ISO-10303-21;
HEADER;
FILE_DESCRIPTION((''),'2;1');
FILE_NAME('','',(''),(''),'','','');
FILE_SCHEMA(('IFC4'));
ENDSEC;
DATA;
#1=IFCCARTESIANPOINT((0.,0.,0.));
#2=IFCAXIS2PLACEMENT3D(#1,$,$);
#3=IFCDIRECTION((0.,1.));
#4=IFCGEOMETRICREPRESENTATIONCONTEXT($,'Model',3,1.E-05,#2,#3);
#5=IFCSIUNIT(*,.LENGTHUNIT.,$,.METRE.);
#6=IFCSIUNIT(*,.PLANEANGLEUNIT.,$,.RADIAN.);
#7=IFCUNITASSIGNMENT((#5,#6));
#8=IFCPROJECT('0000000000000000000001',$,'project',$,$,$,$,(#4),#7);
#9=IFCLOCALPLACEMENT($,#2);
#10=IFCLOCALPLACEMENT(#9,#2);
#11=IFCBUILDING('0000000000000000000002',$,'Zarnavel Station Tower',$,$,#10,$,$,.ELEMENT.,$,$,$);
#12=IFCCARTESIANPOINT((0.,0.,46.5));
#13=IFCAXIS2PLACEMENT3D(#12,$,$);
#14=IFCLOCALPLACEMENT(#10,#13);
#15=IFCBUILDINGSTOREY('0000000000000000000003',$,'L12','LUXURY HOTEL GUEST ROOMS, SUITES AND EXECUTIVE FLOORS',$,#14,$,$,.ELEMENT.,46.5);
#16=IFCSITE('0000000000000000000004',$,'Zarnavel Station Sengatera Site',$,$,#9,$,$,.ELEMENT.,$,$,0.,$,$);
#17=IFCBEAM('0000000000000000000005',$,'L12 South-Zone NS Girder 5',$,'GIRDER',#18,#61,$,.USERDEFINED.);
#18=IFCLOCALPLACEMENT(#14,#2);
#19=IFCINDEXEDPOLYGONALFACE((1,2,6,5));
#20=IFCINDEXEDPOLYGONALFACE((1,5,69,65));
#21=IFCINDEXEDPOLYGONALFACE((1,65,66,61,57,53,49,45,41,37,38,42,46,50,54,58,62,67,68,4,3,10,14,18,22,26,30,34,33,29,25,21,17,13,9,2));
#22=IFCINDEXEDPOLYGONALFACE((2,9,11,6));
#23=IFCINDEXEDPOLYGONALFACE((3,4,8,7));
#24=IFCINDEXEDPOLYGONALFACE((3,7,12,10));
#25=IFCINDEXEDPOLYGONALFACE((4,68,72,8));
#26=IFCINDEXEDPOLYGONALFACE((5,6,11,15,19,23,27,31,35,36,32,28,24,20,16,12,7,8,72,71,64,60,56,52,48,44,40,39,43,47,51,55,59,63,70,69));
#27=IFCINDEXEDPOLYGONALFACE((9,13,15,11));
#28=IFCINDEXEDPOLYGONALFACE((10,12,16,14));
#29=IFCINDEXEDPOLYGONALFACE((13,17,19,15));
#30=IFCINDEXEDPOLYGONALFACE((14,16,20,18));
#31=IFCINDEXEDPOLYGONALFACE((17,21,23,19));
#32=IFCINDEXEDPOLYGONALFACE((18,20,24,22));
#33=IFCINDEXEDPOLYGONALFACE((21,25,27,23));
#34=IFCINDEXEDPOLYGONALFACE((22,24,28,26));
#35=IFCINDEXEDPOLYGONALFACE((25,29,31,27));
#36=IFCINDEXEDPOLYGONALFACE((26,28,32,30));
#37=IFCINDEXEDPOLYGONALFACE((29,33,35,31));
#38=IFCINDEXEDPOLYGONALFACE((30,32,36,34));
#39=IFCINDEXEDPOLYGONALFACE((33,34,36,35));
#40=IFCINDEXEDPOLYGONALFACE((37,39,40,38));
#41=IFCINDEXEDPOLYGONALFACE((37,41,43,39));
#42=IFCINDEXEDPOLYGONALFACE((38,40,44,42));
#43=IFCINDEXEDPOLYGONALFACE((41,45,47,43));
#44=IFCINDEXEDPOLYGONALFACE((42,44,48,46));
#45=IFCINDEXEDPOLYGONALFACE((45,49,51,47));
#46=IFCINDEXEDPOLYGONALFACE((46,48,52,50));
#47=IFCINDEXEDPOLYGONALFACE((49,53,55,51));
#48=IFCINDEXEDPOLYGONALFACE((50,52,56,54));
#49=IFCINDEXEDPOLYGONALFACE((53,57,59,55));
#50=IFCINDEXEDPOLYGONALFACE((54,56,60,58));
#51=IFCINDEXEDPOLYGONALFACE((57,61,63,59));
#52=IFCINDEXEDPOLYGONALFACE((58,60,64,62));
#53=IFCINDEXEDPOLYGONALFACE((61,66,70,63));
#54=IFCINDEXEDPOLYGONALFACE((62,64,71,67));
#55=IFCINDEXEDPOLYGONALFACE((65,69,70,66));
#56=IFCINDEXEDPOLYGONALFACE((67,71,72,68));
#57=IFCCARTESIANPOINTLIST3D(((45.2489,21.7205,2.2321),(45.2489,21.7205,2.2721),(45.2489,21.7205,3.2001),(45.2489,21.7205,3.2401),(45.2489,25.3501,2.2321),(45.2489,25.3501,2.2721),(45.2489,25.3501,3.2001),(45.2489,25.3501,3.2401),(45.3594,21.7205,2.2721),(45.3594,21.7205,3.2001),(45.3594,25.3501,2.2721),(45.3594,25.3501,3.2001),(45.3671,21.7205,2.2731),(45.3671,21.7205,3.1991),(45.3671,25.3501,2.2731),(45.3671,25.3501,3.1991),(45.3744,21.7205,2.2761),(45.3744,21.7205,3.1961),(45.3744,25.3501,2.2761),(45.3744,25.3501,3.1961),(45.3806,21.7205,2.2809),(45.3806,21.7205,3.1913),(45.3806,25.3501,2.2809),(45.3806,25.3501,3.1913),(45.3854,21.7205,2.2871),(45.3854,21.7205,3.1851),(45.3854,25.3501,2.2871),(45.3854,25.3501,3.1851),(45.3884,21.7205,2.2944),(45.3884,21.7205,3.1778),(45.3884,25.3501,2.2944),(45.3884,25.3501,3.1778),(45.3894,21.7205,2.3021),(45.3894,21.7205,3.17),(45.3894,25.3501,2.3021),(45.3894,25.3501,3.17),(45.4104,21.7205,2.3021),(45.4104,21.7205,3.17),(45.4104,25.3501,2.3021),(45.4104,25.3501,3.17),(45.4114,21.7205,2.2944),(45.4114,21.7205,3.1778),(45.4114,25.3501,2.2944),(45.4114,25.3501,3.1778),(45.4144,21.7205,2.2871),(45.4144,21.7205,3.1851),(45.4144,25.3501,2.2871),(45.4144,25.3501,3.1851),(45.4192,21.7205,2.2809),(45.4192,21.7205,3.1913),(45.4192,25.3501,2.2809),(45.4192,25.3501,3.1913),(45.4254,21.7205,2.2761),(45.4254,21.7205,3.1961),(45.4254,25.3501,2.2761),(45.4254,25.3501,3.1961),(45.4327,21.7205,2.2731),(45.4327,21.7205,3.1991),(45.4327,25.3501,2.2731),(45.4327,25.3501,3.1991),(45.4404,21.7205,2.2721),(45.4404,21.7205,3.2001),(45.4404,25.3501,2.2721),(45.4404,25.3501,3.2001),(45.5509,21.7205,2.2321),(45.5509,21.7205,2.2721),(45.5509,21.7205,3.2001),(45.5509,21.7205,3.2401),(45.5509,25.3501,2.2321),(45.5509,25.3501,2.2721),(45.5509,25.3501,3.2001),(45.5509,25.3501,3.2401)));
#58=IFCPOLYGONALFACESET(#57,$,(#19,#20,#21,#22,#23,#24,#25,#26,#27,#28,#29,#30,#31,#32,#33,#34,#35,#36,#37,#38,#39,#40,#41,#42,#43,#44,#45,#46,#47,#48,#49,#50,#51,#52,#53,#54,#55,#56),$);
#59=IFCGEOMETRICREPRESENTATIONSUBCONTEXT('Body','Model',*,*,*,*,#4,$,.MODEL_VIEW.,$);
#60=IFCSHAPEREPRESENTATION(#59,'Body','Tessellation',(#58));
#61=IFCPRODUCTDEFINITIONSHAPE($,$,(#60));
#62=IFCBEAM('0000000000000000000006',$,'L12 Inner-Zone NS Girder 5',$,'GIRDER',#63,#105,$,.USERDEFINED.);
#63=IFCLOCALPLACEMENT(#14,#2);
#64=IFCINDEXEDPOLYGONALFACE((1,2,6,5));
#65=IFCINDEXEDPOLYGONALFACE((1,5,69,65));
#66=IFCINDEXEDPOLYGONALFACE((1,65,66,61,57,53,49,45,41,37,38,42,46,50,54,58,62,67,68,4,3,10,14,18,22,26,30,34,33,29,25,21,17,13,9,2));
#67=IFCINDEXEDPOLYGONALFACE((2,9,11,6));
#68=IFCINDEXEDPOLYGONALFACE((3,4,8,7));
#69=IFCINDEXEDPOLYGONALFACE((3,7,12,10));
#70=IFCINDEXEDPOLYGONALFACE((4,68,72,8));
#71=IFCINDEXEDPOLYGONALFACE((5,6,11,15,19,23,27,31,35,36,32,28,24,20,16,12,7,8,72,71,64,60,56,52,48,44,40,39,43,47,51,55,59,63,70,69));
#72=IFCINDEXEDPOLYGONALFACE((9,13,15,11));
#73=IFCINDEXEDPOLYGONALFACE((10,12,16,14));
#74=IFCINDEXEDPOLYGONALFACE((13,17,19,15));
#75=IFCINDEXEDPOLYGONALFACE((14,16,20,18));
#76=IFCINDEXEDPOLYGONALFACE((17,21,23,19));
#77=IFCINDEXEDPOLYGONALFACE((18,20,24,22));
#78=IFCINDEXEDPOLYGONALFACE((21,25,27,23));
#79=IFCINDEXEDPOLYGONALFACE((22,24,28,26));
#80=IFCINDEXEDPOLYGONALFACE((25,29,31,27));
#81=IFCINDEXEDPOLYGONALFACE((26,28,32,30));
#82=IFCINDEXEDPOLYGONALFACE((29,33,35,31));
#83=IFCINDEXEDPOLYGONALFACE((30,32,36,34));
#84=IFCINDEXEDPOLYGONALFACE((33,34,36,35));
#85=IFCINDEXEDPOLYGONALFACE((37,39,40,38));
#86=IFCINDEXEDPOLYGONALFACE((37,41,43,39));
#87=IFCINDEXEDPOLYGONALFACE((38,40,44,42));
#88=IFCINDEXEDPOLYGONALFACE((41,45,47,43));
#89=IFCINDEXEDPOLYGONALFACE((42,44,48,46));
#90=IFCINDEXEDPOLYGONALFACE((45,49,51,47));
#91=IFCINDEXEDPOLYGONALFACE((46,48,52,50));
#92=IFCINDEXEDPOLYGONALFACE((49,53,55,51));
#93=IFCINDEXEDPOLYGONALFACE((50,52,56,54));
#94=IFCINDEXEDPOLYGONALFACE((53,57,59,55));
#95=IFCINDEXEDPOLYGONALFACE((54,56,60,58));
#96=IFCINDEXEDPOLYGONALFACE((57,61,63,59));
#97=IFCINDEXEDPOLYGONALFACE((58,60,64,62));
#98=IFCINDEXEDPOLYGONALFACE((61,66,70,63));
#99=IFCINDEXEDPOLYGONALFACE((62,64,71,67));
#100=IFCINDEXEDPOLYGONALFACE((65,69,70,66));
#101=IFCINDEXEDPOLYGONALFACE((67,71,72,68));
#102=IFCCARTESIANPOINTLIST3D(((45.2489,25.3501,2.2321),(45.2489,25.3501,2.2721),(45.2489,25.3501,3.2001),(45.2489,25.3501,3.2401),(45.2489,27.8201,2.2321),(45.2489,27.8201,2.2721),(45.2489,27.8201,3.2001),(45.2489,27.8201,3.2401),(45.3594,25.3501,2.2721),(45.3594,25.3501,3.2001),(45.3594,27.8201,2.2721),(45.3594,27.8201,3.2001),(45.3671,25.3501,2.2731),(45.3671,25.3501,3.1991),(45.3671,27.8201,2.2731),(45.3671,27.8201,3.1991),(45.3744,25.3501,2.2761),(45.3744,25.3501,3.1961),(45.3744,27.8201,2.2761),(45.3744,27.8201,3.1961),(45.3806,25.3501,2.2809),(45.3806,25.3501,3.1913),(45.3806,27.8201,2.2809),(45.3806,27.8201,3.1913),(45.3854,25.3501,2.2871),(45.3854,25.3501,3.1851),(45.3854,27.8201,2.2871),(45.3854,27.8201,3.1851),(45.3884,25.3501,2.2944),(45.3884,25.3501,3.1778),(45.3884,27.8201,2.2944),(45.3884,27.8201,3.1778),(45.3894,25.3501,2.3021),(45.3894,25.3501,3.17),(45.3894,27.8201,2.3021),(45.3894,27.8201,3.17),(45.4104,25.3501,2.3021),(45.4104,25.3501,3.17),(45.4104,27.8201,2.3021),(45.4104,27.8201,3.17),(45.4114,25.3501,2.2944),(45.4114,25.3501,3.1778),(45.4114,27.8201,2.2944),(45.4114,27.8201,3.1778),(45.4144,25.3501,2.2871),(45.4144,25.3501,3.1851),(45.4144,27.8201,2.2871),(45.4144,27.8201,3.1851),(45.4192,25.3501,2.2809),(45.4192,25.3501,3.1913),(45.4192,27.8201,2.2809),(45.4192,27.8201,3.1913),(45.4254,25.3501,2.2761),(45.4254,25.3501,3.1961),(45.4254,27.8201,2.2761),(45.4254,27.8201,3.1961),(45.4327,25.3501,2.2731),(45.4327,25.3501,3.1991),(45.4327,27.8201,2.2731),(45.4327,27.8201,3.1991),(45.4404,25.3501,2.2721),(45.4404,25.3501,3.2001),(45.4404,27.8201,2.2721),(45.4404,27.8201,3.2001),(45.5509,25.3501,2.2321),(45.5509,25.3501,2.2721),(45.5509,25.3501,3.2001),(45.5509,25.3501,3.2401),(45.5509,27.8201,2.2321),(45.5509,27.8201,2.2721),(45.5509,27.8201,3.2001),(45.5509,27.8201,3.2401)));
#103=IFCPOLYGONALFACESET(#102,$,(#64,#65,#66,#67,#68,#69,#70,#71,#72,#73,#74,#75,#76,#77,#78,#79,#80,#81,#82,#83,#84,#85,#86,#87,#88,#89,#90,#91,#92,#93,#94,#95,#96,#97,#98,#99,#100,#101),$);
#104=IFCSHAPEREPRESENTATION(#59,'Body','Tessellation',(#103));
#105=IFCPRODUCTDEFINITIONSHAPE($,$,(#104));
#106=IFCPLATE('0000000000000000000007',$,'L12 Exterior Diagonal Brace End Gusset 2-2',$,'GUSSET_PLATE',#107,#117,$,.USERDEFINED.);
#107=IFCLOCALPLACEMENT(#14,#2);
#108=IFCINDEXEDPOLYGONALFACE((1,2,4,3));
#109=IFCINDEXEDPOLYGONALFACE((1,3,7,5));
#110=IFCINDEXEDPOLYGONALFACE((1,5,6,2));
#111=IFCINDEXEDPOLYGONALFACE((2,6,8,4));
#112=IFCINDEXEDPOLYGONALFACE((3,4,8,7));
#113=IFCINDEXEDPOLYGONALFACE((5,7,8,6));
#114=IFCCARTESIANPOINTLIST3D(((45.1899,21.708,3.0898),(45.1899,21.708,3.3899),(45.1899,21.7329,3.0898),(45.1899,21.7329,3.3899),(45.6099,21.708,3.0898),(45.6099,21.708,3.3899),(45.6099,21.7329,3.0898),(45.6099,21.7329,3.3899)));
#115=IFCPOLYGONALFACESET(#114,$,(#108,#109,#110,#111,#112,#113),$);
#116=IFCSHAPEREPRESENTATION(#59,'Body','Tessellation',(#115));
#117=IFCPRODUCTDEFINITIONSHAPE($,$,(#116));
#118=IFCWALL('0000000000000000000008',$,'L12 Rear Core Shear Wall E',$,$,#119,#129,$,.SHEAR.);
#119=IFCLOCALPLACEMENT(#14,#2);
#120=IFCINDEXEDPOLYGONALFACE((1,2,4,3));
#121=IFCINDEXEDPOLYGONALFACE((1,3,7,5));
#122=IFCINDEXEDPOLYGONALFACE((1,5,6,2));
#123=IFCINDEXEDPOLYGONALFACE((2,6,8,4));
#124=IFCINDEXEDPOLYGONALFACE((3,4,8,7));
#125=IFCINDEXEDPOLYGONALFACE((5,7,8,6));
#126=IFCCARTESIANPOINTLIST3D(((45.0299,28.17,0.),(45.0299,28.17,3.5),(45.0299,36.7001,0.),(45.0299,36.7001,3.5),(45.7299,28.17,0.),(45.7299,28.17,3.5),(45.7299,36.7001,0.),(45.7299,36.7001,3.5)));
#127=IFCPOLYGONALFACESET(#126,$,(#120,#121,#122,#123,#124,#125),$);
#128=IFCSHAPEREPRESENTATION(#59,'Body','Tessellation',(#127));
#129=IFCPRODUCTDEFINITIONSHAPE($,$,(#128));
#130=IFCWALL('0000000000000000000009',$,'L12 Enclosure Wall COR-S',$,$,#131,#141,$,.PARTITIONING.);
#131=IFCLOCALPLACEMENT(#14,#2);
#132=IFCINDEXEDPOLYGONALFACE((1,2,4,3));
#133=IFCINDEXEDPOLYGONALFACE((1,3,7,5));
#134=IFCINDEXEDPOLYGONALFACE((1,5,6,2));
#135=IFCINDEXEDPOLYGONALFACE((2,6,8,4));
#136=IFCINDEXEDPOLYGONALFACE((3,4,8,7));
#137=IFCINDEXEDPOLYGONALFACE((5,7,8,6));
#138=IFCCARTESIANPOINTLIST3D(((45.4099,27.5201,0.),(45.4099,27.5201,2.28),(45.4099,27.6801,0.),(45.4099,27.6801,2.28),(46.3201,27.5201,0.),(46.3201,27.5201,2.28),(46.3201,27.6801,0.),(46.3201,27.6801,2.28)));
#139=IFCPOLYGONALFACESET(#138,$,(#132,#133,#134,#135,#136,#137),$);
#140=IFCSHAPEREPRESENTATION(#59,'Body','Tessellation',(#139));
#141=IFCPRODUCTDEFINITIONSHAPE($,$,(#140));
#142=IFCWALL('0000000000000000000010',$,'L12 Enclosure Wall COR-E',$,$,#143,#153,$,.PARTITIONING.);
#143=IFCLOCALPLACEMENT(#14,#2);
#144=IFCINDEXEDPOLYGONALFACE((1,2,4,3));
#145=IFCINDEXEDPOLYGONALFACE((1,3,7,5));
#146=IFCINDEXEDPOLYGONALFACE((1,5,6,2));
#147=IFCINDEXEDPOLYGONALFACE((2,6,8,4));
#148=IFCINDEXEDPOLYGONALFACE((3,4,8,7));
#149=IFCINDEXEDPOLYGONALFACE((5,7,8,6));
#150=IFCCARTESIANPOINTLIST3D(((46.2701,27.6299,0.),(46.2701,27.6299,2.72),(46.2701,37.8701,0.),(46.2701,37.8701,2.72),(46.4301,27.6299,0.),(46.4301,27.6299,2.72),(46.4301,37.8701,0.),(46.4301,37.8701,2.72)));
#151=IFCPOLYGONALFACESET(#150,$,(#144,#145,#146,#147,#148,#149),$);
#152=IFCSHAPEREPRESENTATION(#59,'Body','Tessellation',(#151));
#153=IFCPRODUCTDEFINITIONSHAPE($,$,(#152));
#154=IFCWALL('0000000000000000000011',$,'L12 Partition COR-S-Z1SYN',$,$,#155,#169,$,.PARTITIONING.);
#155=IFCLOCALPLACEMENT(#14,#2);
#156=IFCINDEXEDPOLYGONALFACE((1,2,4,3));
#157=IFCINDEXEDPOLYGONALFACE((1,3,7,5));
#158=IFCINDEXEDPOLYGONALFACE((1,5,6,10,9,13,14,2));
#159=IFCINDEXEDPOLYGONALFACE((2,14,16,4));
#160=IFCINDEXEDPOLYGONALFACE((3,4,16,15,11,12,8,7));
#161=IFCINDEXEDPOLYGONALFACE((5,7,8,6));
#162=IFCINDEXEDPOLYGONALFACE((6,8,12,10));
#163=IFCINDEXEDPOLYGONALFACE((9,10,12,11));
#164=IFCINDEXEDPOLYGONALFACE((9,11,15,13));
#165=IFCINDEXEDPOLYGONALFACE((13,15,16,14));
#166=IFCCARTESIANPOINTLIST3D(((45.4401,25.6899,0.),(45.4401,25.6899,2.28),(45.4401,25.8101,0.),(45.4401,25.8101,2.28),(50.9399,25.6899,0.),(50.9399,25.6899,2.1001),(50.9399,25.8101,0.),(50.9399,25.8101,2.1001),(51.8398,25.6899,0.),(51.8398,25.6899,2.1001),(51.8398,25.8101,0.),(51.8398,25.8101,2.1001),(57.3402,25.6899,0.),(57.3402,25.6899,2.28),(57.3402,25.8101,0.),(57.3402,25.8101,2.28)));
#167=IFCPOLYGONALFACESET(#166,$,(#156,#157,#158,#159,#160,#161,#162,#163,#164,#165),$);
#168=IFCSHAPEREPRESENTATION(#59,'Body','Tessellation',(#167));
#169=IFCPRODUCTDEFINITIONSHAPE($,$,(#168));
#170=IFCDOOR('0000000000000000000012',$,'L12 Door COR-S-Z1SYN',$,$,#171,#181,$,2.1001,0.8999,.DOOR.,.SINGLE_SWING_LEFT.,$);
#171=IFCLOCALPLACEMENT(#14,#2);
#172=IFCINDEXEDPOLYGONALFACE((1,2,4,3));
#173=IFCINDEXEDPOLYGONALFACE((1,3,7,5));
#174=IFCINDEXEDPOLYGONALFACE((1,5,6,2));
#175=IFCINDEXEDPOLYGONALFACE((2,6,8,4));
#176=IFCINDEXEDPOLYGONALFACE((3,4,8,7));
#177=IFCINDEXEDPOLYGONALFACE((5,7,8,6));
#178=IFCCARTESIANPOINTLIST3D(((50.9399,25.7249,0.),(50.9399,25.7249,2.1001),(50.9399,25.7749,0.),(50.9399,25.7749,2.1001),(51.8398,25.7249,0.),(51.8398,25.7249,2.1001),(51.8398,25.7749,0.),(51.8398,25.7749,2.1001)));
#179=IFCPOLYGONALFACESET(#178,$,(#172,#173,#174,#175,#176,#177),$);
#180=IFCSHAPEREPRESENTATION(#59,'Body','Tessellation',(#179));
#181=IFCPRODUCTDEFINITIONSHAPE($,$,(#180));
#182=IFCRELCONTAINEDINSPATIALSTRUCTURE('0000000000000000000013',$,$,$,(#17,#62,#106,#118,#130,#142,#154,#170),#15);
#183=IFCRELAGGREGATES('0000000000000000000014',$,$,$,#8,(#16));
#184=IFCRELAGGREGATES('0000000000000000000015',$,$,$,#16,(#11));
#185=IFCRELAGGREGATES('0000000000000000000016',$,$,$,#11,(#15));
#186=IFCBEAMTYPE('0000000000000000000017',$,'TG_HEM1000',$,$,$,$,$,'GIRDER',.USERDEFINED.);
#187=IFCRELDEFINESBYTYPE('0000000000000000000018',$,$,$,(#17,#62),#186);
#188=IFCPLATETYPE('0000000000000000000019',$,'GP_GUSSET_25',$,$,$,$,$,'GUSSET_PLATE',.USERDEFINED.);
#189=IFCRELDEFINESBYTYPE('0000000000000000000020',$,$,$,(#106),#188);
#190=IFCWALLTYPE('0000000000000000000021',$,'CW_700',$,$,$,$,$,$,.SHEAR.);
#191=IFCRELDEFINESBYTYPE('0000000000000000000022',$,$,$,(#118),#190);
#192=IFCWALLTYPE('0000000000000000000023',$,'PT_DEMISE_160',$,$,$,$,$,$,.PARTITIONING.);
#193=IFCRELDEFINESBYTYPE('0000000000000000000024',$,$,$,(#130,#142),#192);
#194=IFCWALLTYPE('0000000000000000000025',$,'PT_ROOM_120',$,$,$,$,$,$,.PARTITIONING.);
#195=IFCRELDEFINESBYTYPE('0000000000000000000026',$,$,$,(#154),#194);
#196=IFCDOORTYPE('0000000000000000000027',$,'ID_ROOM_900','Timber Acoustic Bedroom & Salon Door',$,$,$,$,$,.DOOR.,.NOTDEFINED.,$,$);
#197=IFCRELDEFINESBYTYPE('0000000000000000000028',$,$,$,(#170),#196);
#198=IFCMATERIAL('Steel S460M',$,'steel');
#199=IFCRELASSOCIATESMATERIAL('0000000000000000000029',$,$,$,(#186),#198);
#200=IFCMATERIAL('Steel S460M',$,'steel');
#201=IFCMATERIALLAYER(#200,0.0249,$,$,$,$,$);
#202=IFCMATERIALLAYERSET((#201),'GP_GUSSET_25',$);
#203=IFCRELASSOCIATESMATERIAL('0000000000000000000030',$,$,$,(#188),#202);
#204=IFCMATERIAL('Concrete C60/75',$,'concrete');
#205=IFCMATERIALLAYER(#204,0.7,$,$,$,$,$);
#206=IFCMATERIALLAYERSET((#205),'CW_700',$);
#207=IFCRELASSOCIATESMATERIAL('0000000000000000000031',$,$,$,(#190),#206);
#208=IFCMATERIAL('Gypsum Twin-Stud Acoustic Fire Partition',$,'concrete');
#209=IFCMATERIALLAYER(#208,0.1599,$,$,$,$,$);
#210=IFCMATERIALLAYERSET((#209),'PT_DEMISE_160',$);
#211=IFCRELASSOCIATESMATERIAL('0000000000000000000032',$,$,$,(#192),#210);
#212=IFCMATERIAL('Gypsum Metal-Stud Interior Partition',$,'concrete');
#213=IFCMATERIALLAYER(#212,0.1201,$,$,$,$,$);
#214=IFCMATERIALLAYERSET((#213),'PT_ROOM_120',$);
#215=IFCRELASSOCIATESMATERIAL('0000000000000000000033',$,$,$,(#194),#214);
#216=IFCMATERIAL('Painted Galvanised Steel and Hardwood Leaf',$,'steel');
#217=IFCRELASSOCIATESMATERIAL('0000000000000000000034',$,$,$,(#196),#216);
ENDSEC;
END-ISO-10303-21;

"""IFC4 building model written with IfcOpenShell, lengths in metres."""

from ifc_helpers import new_model, si_unit, direction, frame, frame_2d, origin, origin_2d, place, context, subcontext, project, spatial, rectangle, i_section, extrude, material, layer, layer_set, material_profile, profile_set, type_object, element, fill, save


model = new_model("IFC4")

# Units and contexts
model_context = context("Model", 3, precision=1e-05, world=origin(), true_north=direction((0.0, 1.0)))
body_context = subcontext(model_context, "Body", "Model", "MODEL_VIEW")
ifc_project = project(units=[si_unit("LENGTHUNIT", "METRE"), si_unit("PLANEANGLEUNIT", "RADIAN")], contexts=[model_context])

# Site, building, storey
site_placement = place(None, origin())
site = spatial("IfcSite", under=ifc_project, at=site_placement, Name="Zarnavel Station Sengatera Site", CompositionType="ELEMENT", RefElevation=0.0)
building_placement = place(site_placement, origin())
building = spatial("IfcBuilding", under=site, at=building_placement, Name="Zarnavel Station Tower", CompositionType="ELEMENT")
storey_placement = place(building_placement, frame((0.0, 0.0, 46.5)))
storey = spatial("IfcBuildingStorey", under=building, at=storey_placement, Name="L12", Description="LUXURY HOTEL GUEST ROOMS, SUITES AND EXECUTIVE FLOORS", CompositionType="ELEMENT", Elevation=46.5)

# Beams
ifc_material_1 = material(Name="Steel S460M", Category="steel")
ifc_material_profile_1 = material_profile(ifc_material_1, i_section(OverallWidth=0.302, OverallDepth=1.0081, WebThickness=0.021, FlangeThickness=0.04, FilletRadius=0.03, at=origin_2d()), Name="HEM1000")
ifc_profile_set_1 = profile_set([ifc_material_profile_1], Name="Steel S460M")
beam_type_1 = type_object("IfcBeamType", Name="TG_HEM1000", ElementType="GIRDER", PredefinedType="USERDEFINED", material=ifc_profile_set_1)
beam_1_placement = place(storey_placement, frame((45.3999, 21.7205, 2.7361), z_axis=(0.0, 1.0, 0.0), x_axis=(-1.0, 0.0, 0.0)))
element("IfcBeam", 1, at=beam_1_placement, inside=storey, type_object=beam_type_1, Name="L12 South-Zone NS Girder 5", ObjectType="GIRDER", PredefinedType="USERDEFINED", context=body_context, shape_type="SweptSolid", body=[
    extrude(i_section(OverallWidth=0.302, OverallDepth=1.0081, WebThickness=0.021, FlangeThickness=0.04, FilletRadius=0.03, at=origin_2d()), origin(), (0.0, 0.0, 1.0), 3.6296),
])
beam_2_placement = place(storey_placement, frame((45.3999, 25.3501, 2.7361), z_axis=(0.0, 1.0, 0.0), x_axis=(-1.0, 0.0, 0.0)))
element("IfcBeam", 2, at=beam_2_placement, inside=storey, type_object=beam_type_1, Name="L12 Inner-Zone NS Girder 5", ObjectType="GIRDER", PredefinedType="USERDEFINED", context=body_context, shape_type="SweptSolid", body=[
    extrude(i_section(OverallWidth=0.302, OverallDepth=1.0081, WebThickness=0.021, FlangeThickness=0.04, FilletRadius=0.03, at=origin_2d()), origin(), (0.0, 0.0, 1.0), 2.47),
])

# Plate
ifc_material_2 = material(Name="Steel S460M", Category="steel")
ifc_layer_1 = layer(ifc_material_2, 0.0249)
ifc_layer_set_1 = layer_set([ifc_layer_1], Name="GP_GUSSET_25")
plate_type = type_object("IfcPlateType", Name="GP_GUSSET_25", ElementType="GUSSET_PLATE", PredefinedType="USERDEFINED", material=ifc_layer_set_1)
plate_placement = place(storey_placement, frame((45.3999, 21.7205, 3.0898), z_axis=(0.0, 0.0, 1.0), x_axis=(1.0, 0.0, 0.0)))
element("IfcPlate", 3, at=plate_placement, inside=storey, type_object=plate_type, Name="L12 Exterior Diagonal Brace End Gusset 2-2", ObjectType="GUSSET_PLATE", PredefinedType="USERDEFINED", context=body_context, shape_type="SweptSolid", body=[
    extrude(rectangle(XDim=0.4199, YDim=0.0249, at=origin_2d()), origin(), (0.0, 0.0, 1.0), 0.3),
])

# Shared definitions
ifc_material_3 = material(Name="Concrete C60/75", Category="concrete")
ifc_layer_2 = layer(ifc_material_3, 0.7)
ifc_layer_set_2 = layer_set([ifc_layer_2], Name="CW_700")
wall_type_1 = type_object("IfcWallType", Name="CW_700", PredefinedType="SHEAR", material=ifc_layer_set_2)

# Wall
wall_1_placement = place(storey_placement, frame((45.3799, 28.1699, 0.0), z_axis=(0.0, 0.0, 1.0), x_axis=(0.0, 1.0, 0.0)))
element("IfcWall", 4, at=wall_1_placement, inside=storey, type_object=wall_type_1, Name="L12 Rear Core Shear Wall E", PredefinedType="SHEAR", context=body_context, shape_type="SweptSolid", body=[
    extrude(rectangle(XDim=8.53, YDim=0.7, at=frame_2d((4.2651, 0.0))), origin(), (0.0, 0.0, 1.0), 3.5),
])

# Shared definitions
ifc_material_4 = material(Name="Gypsum Twin-Stud Acoustic Fire Partition", Category="concrete")
ifc_layer_3 = layer(ifc_material_4, 0.1599)
ifc_layer_set_3 = layer_set([ifc_layer_3], Name="PT_DEMISE_160")
wall_type_2 = type_object("IfcWallType", Name="PT_DEMISE_160", PredefinedType="PARTITIONING", material=ifc_layer_set_3)

# Walls
wall_2_placement = place(storey_placement, frame((45.4099, 27.6001, 0.0), z_axis=(0.0, 0.0, 1.0), x_axis=(1.0, 0.0, 0.0)))
element("IfcWall", 5, at=wall_2_placement, inside=storey, type_object=wall_type_2, Name="L12 Enclosure Wall COR-S", PredefinedType="PARTITIONING", context=body_context, shape_type="SweptSolid", body=[
    extrude(rectangle(XDim=0.9102, YDim=0.1599, at=frame_2d((0.4551, 0.0))), origin(), (0.0, 0.0, 1.0), 2.28),
])
wall_3_placement = place(storey_placement, frame((46.3501, 27.6299, 0.0), z_axis=(0.0, 0.0, 1.0), x_axis=(0.0, 1.0, 0.0)))
element("IfcWall", 6, at=wall_3_placement, inside=storey, type_object=wall_type_2, Name="L12 Enclosure Wall COR-E", PredefinedType="PARTITIONING", context=body_context, shape_type="SweptSolid", body=[
    extrude(rectangle(XDim=10.2402, YDim=0.1599, at=frame_2d((5.1201, 0.0))), origin(), (0.0, 0.0, 1.0), 2.72),
])

# Wall, opening, door
ifc_material_5 = material(Name="Gypsum Metal-Stud Interior Partition", Category="concrete")
ifc_layer_4 = layer(ifc_material_5, 0.1201)
ifc_layer_set_4 = layer_set([ifc_layer_4], Name="PT_ROOM_120")
wall_type_3 = type_object("IfcWallType", Name="PT_ROOM_120", PredefinedType="PARTITIONING", material=ifc_layer_set_4)
wall_4_placement = place(storey_placement, frame((45.4399, 25.75, 0.0), z_axis=(0.0, 0.0, 1.0), x_axis=(1.0, 0.0, 0.0)))
wall_4 = element("IfcWall", 7, at=wall_4_placement, inside=storey, type_object=wall_type_3, Name="L12 Partition COR-S-Z1SYN", PredefinedType="PARTITIONING", context=body_context, shape_type="SweptSolid", body=[
    extrude(rectangle(XDim=11.9001, YDim=0.1201, at=frame_2d((5.9502, 0.0))), origin(), (0.0, 0.0, 1.0), 2.28),
])
opening_1_placement = place(wall_4_placement, frame((5.5, 0.0, 0.0)))
opening_1 = element("IfcOpeningElement", 8, at=opening_1_placement, cuts=wall_4, PredefinedType="OPENING", context=body_context, shape_type="SweptSolid", body=[
    extrude(rectangle(XDim=0.8999, YDim=2.1001, at=frame_2d((0.45, 1.05))), frame((0.0, 0.0701, 0.0), z_axis=(0.0, -1.0, 0.0), x_axis=(1.0, 0.0, 0.0)), (0.0, 0.0, 1.0), 0.1401),
])
ifc_material_6 = material(Name="Painted Galvanised Steel and Hardwood Leaf", Category="steel")
door_type_1 = type_object("IfcDoorType", Name="ID_ROOM_900", Description="Timber Acoustic Bedroom & Salon Door", OperationType="NOTDEFINED", PredefinedType="DOOR", material=ifc_material_6)
door_1_placement = place(opening_1_placement, origin())
door_1 = element("IfcDoor", 9, at=door_1_placement, inside=storey, type_object=door_type_1, Name="L12 Door COR-S-Z1SYN", OperationType="SINGLE_SWING_LEFT", OverallHeight=2.1001, OverallWidth=0.8999, PredefinedType="DOOR", context=body_context, shape_type="SweptSolid", body=[
    extrude(rectangle(XDim=0.8999, YDim=2.1001, at=frame_2d((0.45, 1.05))), frame((0.0, 0.0249, 0.0), z_axis=(0.0, -1.0, 0.0), x_axis=(1.0, 0.0, 0.0)), (0.0, 0.0, 1.0), 0.05),
])
fill(opening_1, door_1)

save(model, "model.ifc")
